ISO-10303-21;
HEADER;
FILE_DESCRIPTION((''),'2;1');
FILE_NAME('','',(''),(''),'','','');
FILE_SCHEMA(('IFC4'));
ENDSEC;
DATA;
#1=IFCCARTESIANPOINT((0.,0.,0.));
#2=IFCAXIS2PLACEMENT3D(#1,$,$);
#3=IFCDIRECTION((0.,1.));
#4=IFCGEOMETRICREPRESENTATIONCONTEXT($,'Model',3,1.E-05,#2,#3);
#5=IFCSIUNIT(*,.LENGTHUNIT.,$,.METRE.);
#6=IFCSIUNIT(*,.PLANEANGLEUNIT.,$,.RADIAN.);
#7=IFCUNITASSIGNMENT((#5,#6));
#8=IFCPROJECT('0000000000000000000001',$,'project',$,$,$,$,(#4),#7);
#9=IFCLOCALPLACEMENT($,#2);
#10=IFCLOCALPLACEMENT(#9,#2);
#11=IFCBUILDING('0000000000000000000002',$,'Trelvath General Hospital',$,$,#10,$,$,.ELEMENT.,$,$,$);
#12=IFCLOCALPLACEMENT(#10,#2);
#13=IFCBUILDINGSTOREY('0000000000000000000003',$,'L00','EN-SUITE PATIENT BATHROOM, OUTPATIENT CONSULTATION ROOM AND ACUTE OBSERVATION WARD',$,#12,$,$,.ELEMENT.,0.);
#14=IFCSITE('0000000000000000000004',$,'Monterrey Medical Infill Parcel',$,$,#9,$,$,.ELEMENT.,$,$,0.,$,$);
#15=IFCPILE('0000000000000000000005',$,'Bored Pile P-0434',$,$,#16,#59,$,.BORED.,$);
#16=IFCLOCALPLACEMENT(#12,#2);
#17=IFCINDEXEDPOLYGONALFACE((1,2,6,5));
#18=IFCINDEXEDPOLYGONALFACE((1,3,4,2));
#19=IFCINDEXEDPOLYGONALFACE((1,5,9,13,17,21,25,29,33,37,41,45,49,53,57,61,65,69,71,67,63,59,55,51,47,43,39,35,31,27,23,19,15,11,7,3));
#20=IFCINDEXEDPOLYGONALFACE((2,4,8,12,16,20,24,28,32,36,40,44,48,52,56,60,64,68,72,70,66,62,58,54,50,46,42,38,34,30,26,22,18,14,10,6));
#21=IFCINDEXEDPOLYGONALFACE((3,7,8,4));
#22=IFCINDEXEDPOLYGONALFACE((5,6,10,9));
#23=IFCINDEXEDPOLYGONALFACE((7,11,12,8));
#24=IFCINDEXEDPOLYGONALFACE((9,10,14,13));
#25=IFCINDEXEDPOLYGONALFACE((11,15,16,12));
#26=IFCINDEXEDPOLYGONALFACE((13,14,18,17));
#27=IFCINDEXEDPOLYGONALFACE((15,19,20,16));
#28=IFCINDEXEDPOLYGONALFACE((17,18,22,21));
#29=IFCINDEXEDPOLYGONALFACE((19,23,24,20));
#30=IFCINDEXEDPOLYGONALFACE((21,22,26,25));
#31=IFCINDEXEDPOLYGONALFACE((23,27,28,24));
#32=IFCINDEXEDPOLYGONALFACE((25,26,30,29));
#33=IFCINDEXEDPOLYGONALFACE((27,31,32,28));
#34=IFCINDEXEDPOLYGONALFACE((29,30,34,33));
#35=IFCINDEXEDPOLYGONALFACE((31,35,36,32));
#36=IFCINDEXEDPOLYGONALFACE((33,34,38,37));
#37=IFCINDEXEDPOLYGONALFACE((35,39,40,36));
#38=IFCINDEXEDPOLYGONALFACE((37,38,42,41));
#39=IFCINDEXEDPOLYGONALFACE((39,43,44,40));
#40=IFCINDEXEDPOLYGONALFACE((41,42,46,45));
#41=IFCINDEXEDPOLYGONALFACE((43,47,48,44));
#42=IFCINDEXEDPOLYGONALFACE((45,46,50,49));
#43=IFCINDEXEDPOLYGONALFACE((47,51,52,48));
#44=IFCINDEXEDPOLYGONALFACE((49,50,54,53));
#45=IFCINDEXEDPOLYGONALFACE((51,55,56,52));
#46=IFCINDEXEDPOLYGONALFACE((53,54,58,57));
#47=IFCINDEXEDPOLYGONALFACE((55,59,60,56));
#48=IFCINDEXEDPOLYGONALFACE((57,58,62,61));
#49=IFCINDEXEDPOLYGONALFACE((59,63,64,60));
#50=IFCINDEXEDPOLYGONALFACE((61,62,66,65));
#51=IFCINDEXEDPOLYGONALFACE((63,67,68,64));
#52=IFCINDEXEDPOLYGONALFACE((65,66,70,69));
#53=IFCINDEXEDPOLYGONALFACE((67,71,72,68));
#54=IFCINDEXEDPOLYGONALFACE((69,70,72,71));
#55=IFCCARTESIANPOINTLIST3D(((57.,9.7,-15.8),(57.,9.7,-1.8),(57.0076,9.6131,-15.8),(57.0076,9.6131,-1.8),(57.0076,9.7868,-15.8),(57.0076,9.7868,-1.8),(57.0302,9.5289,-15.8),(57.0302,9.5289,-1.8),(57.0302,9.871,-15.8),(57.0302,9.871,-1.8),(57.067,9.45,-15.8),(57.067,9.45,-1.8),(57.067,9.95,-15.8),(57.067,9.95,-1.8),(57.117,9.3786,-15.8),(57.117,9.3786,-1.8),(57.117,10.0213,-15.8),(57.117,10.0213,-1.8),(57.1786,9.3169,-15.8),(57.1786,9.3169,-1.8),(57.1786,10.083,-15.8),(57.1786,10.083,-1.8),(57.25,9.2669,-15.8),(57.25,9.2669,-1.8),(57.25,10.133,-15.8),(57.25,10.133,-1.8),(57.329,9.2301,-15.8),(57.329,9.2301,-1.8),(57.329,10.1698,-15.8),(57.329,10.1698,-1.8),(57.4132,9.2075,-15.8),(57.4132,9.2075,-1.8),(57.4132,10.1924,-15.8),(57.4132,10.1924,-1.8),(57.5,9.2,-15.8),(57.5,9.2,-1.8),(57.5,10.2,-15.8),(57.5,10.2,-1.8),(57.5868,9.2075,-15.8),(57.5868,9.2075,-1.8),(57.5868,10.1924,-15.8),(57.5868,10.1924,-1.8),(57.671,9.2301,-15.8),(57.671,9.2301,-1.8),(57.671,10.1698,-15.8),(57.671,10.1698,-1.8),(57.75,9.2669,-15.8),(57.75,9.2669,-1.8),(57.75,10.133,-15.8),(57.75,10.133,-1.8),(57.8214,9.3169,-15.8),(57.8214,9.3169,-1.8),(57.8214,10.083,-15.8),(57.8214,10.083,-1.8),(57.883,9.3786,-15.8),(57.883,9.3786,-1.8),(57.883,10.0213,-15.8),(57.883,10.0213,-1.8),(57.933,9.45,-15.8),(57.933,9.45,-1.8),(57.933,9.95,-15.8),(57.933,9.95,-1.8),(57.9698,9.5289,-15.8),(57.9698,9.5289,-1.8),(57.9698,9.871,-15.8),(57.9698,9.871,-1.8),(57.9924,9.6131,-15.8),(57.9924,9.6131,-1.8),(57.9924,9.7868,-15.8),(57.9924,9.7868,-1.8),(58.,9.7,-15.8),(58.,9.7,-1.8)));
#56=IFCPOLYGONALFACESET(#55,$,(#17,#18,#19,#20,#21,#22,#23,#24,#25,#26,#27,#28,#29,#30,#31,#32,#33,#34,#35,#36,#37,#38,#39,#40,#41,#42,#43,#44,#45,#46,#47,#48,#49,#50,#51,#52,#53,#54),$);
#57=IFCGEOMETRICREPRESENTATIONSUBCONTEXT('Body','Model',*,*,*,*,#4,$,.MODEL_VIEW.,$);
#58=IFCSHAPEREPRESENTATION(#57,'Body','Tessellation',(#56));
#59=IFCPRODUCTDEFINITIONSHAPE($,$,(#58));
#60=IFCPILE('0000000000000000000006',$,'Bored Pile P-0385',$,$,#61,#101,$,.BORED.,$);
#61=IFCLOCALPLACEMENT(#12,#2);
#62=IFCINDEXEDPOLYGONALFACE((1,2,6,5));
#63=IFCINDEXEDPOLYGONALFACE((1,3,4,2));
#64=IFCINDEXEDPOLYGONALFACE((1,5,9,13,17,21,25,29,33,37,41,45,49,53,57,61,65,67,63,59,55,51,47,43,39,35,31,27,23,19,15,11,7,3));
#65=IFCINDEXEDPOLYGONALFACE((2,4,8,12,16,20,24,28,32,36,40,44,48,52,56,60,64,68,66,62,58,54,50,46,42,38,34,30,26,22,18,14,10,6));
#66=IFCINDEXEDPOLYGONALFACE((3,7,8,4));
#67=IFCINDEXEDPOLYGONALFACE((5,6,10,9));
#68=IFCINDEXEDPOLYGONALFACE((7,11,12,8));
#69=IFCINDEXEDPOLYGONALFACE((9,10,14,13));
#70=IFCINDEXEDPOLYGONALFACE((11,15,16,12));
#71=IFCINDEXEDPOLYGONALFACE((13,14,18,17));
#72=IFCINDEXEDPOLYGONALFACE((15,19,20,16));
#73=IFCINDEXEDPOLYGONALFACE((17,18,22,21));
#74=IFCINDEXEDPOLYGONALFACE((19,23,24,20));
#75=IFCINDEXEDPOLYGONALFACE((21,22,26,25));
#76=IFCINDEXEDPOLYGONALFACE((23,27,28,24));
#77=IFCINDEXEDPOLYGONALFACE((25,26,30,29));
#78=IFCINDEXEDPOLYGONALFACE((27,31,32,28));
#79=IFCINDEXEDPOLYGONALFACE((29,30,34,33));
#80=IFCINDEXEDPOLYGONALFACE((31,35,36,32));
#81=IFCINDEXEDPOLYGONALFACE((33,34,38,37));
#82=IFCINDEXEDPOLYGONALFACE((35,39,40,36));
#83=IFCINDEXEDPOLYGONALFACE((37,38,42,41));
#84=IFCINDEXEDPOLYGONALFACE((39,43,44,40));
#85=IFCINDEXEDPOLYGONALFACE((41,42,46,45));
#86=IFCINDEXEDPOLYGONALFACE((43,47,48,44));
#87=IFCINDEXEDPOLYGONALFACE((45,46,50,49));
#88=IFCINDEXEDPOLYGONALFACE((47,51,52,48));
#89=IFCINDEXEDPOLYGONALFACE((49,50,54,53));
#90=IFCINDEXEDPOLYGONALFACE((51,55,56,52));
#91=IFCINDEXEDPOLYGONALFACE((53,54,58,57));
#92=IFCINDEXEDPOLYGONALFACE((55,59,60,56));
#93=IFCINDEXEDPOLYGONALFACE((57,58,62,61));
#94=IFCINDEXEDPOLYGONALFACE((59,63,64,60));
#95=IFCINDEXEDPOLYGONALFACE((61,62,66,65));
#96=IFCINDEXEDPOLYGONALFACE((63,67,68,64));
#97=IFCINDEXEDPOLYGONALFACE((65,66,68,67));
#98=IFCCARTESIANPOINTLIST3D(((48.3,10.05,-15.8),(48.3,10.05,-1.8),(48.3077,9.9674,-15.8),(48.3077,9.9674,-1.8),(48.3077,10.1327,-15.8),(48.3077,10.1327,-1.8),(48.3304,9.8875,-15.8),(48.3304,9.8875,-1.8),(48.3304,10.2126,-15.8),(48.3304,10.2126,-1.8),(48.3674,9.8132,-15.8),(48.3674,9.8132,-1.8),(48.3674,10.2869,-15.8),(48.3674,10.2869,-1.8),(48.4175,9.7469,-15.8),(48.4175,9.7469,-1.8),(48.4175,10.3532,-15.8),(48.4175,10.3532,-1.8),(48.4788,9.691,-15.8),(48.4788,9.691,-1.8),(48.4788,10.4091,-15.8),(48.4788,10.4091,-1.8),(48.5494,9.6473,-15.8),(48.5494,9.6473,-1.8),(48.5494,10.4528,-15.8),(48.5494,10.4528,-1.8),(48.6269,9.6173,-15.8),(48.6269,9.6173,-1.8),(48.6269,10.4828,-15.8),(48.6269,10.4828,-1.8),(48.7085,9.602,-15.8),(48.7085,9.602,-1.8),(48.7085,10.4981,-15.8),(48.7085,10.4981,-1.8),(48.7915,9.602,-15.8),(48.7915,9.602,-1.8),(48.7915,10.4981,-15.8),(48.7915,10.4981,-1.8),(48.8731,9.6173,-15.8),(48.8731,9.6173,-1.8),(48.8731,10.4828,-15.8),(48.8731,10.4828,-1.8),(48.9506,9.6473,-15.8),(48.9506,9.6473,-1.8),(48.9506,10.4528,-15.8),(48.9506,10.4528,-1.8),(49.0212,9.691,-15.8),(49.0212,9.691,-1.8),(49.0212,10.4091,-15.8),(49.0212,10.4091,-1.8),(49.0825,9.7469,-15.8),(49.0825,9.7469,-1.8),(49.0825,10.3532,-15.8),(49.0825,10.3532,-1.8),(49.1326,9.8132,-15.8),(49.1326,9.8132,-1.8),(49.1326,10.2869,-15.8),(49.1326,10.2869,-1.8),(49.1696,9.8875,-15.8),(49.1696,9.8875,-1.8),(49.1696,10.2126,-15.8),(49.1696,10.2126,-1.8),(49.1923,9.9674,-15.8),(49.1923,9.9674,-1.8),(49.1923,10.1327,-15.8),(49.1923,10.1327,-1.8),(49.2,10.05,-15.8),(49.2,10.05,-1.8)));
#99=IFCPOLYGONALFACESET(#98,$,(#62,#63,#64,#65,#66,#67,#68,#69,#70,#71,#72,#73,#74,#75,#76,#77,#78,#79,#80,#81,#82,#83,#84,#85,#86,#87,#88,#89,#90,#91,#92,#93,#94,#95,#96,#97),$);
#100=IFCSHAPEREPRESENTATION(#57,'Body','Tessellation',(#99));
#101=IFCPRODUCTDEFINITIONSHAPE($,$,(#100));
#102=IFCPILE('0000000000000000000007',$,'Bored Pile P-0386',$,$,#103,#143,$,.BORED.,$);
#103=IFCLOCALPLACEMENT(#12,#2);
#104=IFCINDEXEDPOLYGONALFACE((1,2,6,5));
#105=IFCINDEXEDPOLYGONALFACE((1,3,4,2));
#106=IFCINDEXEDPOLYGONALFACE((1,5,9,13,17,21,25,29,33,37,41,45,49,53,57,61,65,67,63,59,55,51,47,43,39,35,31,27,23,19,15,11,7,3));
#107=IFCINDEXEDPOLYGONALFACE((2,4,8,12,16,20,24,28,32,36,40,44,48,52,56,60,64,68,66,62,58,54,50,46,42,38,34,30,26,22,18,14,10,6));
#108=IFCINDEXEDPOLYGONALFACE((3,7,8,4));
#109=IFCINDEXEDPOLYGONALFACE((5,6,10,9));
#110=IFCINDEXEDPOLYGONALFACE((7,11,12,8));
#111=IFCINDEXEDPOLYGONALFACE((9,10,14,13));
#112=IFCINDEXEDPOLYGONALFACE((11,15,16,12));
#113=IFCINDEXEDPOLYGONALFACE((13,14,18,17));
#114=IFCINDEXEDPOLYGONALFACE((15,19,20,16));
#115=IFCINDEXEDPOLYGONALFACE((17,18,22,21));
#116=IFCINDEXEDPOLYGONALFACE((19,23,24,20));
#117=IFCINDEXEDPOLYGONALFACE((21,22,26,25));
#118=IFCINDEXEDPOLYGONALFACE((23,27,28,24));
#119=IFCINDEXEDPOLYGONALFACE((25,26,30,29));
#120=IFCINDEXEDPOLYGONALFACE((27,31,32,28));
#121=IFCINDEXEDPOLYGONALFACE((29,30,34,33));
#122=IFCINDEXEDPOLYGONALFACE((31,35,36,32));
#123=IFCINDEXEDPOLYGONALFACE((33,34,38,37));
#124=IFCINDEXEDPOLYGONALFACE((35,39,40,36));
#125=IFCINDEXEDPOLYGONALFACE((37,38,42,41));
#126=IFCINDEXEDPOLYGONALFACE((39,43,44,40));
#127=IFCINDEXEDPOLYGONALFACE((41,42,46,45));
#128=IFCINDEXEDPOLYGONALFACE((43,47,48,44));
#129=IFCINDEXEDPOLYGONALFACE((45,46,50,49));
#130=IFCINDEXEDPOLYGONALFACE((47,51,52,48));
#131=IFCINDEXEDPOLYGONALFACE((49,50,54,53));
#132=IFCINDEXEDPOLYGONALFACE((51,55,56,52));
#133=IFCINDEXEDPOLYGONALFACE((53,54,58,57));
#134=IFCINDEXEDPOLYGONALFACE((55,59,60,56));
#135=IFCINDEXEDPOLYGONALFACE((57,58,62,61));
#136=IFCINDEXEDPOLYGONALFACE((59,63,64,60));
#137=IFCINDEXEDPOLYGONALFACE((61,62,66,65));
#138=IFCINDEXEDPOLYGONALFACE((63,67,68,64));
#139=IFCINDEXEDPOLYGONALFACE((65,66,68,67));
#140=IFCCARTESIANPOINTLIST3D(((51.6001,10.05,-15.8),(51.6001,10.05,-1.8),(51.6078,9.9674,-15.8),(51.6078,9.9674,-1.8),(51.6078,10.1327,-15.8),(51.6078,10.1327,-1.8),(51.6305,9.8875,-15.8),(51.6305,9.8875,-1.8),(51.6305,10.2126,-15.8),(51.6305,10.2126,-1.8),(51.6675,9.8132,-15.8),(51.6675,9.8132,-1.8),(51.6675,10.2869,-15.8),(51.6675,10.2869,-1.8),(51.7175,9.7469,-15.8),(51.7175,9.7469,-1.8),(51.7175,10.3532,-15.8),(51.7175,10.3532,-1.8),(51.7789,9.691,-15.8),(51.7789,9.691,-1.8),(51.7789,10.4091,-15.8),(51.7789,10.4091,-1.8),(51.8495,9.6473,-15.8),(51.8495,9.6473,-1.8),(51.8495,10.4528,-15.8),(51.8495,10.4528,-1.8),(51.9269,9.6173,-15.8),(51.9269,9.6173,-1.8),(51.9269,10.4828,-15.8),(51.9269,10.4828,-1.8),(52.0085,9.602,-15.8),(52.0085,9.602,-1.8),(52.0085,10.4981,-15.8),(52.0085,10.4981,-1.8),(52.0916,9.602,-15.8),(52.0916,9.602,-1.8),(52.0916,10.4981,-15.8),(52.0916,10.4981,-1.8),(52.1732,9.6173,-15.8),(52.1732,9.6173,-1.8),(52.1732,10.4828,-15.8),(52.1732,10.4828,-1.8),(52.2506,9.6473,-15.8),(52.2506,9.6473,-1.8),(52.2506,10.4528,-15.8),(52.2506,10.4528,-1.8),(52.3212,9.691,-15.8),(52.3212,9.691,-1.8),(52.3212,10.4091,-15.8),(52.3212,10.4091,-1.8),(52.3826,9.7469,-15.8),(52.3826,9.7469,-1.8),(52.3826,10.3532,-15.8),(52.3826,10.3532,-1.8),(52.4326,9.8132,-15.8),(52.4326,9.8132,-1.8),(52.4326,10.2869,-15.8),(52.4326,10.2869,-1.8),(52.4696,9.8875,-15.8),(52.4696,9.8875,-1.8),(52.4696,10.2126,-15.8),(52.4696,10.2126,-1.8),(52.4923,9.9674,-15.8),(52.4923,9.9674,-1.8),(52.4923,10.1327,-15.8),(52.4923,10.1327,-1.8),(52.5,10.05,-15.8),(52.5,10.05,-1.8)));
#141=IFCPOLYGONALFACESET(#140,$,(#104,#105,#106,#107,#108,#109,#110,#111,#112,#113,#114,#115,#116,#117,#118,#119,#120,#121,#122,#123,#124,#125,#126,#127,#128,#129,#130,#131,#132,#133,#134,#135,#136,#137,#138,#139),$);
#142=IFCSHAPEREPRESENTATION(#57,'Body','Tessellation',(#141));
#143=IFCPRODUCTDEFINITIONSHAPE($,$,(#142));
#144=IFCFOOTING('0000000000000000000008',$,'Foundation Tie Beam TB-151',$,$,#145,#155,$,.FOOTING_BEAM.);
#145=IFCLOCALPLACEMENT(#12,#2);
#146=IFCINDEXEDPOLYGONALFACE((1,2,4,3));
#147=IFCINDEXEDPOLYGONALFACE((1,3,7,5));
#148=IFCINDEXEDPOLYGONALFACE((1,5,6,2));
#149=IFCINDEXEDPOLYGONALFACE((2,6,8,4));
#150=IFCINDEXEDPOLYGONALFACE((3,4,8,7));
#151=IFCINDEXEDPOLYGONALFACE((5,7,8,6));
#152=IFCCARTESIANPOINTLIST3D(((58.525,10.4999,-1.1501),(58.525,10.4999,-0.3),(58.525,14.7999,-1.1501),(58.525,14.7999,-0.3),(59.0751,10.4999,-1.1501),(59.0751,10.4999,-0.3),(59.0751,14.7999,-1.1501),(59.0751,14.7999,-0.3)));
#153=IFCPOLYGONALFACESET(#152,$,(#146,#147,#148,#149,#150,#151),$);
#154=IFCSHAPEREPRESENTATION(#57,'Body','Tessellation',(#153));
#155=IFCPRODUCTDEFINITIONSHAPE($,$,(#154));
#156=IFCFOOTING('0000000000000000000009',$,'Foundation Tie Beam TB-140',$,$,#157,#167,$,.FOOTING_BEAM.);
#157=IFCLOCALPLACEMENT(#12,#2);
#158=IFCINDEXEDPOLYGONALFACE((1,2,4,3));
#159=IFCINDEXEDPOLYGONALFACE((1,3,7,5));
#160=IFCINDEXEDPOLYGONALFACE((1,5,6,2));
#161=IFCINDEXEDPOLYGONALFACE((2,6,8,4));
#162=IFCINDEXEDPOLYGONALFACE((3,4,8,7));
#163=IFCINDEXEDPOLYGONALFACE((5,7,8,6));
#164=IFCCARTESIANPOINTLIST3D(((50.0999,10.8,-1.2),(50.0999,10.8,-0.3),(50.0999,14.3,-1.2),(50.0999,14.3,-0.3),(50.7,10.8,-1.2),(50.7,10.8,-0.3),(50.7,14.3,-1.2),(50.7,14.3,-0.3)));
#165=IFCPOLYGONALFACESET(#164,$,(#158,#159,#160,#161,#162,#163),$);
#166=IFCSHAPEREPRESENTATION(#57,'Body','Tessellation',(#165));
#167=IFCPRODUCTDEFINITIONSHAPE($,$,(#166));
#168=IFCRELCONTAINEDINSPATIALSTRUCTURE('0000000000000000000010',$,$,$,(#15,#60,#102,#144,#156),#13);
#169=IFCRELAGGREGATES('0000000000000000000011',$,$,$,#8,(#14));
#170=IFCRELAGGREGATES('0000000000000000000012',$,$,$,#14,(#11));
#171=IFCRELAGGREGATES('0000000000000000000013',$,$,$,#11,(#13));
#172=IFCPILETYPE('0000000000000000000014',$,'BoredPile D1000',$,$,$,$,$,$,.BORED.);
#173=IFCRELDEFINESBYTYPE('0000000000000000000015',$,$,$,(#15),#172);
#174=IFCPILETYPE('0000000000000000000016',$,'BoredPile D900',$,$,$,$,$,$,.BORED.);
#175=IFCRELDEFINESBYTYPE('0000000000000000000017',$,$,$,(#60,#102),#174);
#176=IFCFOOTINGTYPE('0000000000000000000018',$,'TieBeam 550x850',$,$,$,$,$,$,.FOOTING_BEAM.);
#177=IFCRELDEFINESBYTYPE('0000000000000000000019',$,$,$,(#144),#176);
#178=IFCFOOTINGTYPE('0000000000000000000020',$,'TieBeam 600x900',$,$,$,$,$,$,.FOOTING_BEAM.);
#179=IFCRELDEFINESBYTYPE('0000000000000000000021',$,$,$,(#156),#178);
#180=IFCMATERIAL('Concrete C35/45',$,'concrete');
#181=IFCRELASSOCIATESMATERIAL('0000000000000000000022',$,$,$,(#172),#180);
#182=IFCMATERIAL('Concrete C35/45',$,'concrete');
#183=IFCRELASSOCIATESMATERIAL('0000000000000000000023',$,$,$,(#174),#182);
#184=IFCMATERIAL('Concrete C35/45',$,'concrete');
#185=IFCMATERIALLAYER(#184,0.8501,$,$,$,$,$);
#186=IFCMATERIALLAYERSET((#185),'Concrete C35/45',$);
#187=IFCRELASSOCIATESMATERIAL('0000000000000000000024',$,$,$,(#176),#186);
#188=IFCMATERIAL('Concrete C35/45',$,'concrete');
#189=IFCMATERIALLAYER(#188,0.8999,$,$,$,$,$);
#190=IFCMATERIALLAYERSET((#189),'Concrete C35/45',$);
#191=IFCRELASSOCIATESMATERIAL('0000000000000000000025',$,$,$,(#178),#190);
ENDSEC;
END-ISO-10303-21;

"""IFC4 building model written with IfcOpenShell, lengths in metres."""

from ifc_helpers import new_model, si_unit, direction, frame, origin, origin_2d, place, context, subcontext, project, spatial, rectangle, circle, extrude, material, layer, layer_set, material_profile, profile_set, type_object, element, save


model = new_model("IFC4")

# Units and contexts
model_context = context("Model", 3, precision=1e-05, world=origin(), true_north=direction((0.0, 1.0)))
body_context = subcontext(model_context, "Body", "Model", "MODEL_VIEW")
ifc_project = project(units=[si_unit("LENGTHUNIT", "METRE"), si_unit("PLANEANGLEUNIT", "RADIAN")], contexts=[model_context])

# Site, building, storey
site_placement = place(None, origin())
site = spatial("IfcSite", under=ifc_project, at=site_placement, Name="Monterrey Medical Infill Parcel", CompositionType="ELEMENT", RefElevation=0.0)
building_placement = place(site_placement, origin())
building = spatial("IfcBuilding", under=site, at=building_placement, Name="Trelvath General Hospital", CompositionType="ELEMENT")
storey_placement = place(building_placement, origin())
storey = spatial("IfcBuildingStorey", under=building, at=storey_placement, Name="L00", Description="EN-SUITE PATIENT BATHROOM, OUTPATIENT CONSULTATION ROOM AND ACUTE OBSERVATION WARD", CompositionType="ELEMENT", Elevation=0.0)

# Piles
ifc_material_1 = material(Name="Concrete C35/45", Category="concrete")
ifc_material_profile_1 = material_profile(ifc_material_1, circle(Radius=0.5, at=origin_2d()), Name="PILE1000")
ifc_profile_set_1 = profile_set([ifc_material_profile_1], Name="Concrete C35/45")
pile_type_1 = type_object("IfcPileType", Name="BoredPile D1000", PredefinedType="BORED", material=ifc_profile_set_1)
pile_placement = place(storey_placement, frame((57.5, 9.7, -1.8), z_axis=(0.0, 0.0, -1.0), x_axis=(1.0, 0.0, 0.0)))
element("IfcPile", 1, at=pile_placement, inside=storey, type_object=pile_type_1, Name="Bored Pile P-0434", PredefinedType="BORED", context=body_context, shape_type="SweptSolid", body=[
    extrude(circle(Radius=0.5, at=origin_2d()), origin(), (0.0, 0.0, 1.0), 14.0),
])
ifc_material_2 = material(Name="Concrete C35/45", Category="concrete")
ifc_material_profile_2 = material_profile(ifc_material_2, circle(Radius=0.45, at=origin_2d()), Name="PILE900")
ifc_profile_set_2 = profile_set([ifc_material_profile_2], Name="Concrete C35/45")
pile_type_2 = type_object("IfcPileType", Name="BoredPile D900", PredefinedType="BORED", material=ifc_profile_set_2)
for number, where, z_axis, x_axis, name in (
    (2, (48.75, 10.05, -1.8), (0.0, 0.0, -1.0), (1.0, 0.0, 0.0), "Bored Pile P-0385"),
    (3, (52.05, 10.05, -1.8), (0.0, 0.0, -1.0), (1.0, 0.0, 0.0), "Bored Pile P-0386"),
):
    element("IfcPile", number, at=place(storey_placement, frame(where, z_axis=z_axis, x_axis=x_axis)), inside=storey, type_object=pile_type_2, Name=name, PredefinedType="BORED", context=body_context, shape_type="SweptSolid", body=[
        extrude(circle(Radius=0.45, at=origin_2d()), origin(), (0.0, 0.0, 1.0), 14.0),
    ])

# Footings
ifc_material_3 = material(Name="Concrete C35/45", Category="concrete")
ifc_layer_1 = layer(ifc_material_3, 0.8501)
ifc_layer_set_1 = layer_set([ifc_layer_1], Name="Concrete C35/45")
footing_type_1 = type_object("IfcFootingType", Name="TieBeam 550x850", PredefinedType="FOOTING_BEAM", material=ifc_layer_set_1)
footing_1_placement = place(storey_placement, frame((58.8, 12.6499, -1.1501), z_axis=(0.0, 0.0, 1.0), x_axis=(1.0, 0.0, 0.0)))
element("IfcFooting", 4, at=footing_1_placement, inside=storey, type_object=footing_type_1, Name="Foundation Tie Beam TB-151", PredefinedType="FOOTING_BEAM", context=body_context, shape_type="SweptSolid", body=[
    extrude(rectangle(XDim=0.55, YDim=4.3, at=origin_2d()), origin(), (0.0, 0.0, 1.0), 0.8501),
])
ifc_material_4 = material(Name="Concrete C35/45", Category="concrete")
ifc_layer_2 = layer(ifc_material_4, 0.8999)
ifc_layer_set_2 = layer_set([ifc_layer_2], Name="Concrete C35/45")
footing_type_2 = type_object("IfcFootingType", Name="TieBeam 600x900", PredefinedType="FOOTING_BEAM", material=ifc_layer_set_2)
footing_2_placement = place(storey_placement, frame((50.3999, 12.55, -1.2), z_axis=(0.0, 0.0, 1.0), x_axis=(1.0, 0.0, 0.0)))
element("IfcFooting", 5, at=footing_2_placement, inside=storey, type_object=footing_type_2, Name="Foundation Tie Beam TB-140", PredefinedType="FOOTING_BEAM", context=body_context, shape_type="SweptSolid", body=[
    extrude(rectangle(XDim=0.6001, YDim=3.5, at=origin_2d()), origin(), (0.0, 0.0, 1.0), 0.8999),
])

save(model, "model.ifc")
